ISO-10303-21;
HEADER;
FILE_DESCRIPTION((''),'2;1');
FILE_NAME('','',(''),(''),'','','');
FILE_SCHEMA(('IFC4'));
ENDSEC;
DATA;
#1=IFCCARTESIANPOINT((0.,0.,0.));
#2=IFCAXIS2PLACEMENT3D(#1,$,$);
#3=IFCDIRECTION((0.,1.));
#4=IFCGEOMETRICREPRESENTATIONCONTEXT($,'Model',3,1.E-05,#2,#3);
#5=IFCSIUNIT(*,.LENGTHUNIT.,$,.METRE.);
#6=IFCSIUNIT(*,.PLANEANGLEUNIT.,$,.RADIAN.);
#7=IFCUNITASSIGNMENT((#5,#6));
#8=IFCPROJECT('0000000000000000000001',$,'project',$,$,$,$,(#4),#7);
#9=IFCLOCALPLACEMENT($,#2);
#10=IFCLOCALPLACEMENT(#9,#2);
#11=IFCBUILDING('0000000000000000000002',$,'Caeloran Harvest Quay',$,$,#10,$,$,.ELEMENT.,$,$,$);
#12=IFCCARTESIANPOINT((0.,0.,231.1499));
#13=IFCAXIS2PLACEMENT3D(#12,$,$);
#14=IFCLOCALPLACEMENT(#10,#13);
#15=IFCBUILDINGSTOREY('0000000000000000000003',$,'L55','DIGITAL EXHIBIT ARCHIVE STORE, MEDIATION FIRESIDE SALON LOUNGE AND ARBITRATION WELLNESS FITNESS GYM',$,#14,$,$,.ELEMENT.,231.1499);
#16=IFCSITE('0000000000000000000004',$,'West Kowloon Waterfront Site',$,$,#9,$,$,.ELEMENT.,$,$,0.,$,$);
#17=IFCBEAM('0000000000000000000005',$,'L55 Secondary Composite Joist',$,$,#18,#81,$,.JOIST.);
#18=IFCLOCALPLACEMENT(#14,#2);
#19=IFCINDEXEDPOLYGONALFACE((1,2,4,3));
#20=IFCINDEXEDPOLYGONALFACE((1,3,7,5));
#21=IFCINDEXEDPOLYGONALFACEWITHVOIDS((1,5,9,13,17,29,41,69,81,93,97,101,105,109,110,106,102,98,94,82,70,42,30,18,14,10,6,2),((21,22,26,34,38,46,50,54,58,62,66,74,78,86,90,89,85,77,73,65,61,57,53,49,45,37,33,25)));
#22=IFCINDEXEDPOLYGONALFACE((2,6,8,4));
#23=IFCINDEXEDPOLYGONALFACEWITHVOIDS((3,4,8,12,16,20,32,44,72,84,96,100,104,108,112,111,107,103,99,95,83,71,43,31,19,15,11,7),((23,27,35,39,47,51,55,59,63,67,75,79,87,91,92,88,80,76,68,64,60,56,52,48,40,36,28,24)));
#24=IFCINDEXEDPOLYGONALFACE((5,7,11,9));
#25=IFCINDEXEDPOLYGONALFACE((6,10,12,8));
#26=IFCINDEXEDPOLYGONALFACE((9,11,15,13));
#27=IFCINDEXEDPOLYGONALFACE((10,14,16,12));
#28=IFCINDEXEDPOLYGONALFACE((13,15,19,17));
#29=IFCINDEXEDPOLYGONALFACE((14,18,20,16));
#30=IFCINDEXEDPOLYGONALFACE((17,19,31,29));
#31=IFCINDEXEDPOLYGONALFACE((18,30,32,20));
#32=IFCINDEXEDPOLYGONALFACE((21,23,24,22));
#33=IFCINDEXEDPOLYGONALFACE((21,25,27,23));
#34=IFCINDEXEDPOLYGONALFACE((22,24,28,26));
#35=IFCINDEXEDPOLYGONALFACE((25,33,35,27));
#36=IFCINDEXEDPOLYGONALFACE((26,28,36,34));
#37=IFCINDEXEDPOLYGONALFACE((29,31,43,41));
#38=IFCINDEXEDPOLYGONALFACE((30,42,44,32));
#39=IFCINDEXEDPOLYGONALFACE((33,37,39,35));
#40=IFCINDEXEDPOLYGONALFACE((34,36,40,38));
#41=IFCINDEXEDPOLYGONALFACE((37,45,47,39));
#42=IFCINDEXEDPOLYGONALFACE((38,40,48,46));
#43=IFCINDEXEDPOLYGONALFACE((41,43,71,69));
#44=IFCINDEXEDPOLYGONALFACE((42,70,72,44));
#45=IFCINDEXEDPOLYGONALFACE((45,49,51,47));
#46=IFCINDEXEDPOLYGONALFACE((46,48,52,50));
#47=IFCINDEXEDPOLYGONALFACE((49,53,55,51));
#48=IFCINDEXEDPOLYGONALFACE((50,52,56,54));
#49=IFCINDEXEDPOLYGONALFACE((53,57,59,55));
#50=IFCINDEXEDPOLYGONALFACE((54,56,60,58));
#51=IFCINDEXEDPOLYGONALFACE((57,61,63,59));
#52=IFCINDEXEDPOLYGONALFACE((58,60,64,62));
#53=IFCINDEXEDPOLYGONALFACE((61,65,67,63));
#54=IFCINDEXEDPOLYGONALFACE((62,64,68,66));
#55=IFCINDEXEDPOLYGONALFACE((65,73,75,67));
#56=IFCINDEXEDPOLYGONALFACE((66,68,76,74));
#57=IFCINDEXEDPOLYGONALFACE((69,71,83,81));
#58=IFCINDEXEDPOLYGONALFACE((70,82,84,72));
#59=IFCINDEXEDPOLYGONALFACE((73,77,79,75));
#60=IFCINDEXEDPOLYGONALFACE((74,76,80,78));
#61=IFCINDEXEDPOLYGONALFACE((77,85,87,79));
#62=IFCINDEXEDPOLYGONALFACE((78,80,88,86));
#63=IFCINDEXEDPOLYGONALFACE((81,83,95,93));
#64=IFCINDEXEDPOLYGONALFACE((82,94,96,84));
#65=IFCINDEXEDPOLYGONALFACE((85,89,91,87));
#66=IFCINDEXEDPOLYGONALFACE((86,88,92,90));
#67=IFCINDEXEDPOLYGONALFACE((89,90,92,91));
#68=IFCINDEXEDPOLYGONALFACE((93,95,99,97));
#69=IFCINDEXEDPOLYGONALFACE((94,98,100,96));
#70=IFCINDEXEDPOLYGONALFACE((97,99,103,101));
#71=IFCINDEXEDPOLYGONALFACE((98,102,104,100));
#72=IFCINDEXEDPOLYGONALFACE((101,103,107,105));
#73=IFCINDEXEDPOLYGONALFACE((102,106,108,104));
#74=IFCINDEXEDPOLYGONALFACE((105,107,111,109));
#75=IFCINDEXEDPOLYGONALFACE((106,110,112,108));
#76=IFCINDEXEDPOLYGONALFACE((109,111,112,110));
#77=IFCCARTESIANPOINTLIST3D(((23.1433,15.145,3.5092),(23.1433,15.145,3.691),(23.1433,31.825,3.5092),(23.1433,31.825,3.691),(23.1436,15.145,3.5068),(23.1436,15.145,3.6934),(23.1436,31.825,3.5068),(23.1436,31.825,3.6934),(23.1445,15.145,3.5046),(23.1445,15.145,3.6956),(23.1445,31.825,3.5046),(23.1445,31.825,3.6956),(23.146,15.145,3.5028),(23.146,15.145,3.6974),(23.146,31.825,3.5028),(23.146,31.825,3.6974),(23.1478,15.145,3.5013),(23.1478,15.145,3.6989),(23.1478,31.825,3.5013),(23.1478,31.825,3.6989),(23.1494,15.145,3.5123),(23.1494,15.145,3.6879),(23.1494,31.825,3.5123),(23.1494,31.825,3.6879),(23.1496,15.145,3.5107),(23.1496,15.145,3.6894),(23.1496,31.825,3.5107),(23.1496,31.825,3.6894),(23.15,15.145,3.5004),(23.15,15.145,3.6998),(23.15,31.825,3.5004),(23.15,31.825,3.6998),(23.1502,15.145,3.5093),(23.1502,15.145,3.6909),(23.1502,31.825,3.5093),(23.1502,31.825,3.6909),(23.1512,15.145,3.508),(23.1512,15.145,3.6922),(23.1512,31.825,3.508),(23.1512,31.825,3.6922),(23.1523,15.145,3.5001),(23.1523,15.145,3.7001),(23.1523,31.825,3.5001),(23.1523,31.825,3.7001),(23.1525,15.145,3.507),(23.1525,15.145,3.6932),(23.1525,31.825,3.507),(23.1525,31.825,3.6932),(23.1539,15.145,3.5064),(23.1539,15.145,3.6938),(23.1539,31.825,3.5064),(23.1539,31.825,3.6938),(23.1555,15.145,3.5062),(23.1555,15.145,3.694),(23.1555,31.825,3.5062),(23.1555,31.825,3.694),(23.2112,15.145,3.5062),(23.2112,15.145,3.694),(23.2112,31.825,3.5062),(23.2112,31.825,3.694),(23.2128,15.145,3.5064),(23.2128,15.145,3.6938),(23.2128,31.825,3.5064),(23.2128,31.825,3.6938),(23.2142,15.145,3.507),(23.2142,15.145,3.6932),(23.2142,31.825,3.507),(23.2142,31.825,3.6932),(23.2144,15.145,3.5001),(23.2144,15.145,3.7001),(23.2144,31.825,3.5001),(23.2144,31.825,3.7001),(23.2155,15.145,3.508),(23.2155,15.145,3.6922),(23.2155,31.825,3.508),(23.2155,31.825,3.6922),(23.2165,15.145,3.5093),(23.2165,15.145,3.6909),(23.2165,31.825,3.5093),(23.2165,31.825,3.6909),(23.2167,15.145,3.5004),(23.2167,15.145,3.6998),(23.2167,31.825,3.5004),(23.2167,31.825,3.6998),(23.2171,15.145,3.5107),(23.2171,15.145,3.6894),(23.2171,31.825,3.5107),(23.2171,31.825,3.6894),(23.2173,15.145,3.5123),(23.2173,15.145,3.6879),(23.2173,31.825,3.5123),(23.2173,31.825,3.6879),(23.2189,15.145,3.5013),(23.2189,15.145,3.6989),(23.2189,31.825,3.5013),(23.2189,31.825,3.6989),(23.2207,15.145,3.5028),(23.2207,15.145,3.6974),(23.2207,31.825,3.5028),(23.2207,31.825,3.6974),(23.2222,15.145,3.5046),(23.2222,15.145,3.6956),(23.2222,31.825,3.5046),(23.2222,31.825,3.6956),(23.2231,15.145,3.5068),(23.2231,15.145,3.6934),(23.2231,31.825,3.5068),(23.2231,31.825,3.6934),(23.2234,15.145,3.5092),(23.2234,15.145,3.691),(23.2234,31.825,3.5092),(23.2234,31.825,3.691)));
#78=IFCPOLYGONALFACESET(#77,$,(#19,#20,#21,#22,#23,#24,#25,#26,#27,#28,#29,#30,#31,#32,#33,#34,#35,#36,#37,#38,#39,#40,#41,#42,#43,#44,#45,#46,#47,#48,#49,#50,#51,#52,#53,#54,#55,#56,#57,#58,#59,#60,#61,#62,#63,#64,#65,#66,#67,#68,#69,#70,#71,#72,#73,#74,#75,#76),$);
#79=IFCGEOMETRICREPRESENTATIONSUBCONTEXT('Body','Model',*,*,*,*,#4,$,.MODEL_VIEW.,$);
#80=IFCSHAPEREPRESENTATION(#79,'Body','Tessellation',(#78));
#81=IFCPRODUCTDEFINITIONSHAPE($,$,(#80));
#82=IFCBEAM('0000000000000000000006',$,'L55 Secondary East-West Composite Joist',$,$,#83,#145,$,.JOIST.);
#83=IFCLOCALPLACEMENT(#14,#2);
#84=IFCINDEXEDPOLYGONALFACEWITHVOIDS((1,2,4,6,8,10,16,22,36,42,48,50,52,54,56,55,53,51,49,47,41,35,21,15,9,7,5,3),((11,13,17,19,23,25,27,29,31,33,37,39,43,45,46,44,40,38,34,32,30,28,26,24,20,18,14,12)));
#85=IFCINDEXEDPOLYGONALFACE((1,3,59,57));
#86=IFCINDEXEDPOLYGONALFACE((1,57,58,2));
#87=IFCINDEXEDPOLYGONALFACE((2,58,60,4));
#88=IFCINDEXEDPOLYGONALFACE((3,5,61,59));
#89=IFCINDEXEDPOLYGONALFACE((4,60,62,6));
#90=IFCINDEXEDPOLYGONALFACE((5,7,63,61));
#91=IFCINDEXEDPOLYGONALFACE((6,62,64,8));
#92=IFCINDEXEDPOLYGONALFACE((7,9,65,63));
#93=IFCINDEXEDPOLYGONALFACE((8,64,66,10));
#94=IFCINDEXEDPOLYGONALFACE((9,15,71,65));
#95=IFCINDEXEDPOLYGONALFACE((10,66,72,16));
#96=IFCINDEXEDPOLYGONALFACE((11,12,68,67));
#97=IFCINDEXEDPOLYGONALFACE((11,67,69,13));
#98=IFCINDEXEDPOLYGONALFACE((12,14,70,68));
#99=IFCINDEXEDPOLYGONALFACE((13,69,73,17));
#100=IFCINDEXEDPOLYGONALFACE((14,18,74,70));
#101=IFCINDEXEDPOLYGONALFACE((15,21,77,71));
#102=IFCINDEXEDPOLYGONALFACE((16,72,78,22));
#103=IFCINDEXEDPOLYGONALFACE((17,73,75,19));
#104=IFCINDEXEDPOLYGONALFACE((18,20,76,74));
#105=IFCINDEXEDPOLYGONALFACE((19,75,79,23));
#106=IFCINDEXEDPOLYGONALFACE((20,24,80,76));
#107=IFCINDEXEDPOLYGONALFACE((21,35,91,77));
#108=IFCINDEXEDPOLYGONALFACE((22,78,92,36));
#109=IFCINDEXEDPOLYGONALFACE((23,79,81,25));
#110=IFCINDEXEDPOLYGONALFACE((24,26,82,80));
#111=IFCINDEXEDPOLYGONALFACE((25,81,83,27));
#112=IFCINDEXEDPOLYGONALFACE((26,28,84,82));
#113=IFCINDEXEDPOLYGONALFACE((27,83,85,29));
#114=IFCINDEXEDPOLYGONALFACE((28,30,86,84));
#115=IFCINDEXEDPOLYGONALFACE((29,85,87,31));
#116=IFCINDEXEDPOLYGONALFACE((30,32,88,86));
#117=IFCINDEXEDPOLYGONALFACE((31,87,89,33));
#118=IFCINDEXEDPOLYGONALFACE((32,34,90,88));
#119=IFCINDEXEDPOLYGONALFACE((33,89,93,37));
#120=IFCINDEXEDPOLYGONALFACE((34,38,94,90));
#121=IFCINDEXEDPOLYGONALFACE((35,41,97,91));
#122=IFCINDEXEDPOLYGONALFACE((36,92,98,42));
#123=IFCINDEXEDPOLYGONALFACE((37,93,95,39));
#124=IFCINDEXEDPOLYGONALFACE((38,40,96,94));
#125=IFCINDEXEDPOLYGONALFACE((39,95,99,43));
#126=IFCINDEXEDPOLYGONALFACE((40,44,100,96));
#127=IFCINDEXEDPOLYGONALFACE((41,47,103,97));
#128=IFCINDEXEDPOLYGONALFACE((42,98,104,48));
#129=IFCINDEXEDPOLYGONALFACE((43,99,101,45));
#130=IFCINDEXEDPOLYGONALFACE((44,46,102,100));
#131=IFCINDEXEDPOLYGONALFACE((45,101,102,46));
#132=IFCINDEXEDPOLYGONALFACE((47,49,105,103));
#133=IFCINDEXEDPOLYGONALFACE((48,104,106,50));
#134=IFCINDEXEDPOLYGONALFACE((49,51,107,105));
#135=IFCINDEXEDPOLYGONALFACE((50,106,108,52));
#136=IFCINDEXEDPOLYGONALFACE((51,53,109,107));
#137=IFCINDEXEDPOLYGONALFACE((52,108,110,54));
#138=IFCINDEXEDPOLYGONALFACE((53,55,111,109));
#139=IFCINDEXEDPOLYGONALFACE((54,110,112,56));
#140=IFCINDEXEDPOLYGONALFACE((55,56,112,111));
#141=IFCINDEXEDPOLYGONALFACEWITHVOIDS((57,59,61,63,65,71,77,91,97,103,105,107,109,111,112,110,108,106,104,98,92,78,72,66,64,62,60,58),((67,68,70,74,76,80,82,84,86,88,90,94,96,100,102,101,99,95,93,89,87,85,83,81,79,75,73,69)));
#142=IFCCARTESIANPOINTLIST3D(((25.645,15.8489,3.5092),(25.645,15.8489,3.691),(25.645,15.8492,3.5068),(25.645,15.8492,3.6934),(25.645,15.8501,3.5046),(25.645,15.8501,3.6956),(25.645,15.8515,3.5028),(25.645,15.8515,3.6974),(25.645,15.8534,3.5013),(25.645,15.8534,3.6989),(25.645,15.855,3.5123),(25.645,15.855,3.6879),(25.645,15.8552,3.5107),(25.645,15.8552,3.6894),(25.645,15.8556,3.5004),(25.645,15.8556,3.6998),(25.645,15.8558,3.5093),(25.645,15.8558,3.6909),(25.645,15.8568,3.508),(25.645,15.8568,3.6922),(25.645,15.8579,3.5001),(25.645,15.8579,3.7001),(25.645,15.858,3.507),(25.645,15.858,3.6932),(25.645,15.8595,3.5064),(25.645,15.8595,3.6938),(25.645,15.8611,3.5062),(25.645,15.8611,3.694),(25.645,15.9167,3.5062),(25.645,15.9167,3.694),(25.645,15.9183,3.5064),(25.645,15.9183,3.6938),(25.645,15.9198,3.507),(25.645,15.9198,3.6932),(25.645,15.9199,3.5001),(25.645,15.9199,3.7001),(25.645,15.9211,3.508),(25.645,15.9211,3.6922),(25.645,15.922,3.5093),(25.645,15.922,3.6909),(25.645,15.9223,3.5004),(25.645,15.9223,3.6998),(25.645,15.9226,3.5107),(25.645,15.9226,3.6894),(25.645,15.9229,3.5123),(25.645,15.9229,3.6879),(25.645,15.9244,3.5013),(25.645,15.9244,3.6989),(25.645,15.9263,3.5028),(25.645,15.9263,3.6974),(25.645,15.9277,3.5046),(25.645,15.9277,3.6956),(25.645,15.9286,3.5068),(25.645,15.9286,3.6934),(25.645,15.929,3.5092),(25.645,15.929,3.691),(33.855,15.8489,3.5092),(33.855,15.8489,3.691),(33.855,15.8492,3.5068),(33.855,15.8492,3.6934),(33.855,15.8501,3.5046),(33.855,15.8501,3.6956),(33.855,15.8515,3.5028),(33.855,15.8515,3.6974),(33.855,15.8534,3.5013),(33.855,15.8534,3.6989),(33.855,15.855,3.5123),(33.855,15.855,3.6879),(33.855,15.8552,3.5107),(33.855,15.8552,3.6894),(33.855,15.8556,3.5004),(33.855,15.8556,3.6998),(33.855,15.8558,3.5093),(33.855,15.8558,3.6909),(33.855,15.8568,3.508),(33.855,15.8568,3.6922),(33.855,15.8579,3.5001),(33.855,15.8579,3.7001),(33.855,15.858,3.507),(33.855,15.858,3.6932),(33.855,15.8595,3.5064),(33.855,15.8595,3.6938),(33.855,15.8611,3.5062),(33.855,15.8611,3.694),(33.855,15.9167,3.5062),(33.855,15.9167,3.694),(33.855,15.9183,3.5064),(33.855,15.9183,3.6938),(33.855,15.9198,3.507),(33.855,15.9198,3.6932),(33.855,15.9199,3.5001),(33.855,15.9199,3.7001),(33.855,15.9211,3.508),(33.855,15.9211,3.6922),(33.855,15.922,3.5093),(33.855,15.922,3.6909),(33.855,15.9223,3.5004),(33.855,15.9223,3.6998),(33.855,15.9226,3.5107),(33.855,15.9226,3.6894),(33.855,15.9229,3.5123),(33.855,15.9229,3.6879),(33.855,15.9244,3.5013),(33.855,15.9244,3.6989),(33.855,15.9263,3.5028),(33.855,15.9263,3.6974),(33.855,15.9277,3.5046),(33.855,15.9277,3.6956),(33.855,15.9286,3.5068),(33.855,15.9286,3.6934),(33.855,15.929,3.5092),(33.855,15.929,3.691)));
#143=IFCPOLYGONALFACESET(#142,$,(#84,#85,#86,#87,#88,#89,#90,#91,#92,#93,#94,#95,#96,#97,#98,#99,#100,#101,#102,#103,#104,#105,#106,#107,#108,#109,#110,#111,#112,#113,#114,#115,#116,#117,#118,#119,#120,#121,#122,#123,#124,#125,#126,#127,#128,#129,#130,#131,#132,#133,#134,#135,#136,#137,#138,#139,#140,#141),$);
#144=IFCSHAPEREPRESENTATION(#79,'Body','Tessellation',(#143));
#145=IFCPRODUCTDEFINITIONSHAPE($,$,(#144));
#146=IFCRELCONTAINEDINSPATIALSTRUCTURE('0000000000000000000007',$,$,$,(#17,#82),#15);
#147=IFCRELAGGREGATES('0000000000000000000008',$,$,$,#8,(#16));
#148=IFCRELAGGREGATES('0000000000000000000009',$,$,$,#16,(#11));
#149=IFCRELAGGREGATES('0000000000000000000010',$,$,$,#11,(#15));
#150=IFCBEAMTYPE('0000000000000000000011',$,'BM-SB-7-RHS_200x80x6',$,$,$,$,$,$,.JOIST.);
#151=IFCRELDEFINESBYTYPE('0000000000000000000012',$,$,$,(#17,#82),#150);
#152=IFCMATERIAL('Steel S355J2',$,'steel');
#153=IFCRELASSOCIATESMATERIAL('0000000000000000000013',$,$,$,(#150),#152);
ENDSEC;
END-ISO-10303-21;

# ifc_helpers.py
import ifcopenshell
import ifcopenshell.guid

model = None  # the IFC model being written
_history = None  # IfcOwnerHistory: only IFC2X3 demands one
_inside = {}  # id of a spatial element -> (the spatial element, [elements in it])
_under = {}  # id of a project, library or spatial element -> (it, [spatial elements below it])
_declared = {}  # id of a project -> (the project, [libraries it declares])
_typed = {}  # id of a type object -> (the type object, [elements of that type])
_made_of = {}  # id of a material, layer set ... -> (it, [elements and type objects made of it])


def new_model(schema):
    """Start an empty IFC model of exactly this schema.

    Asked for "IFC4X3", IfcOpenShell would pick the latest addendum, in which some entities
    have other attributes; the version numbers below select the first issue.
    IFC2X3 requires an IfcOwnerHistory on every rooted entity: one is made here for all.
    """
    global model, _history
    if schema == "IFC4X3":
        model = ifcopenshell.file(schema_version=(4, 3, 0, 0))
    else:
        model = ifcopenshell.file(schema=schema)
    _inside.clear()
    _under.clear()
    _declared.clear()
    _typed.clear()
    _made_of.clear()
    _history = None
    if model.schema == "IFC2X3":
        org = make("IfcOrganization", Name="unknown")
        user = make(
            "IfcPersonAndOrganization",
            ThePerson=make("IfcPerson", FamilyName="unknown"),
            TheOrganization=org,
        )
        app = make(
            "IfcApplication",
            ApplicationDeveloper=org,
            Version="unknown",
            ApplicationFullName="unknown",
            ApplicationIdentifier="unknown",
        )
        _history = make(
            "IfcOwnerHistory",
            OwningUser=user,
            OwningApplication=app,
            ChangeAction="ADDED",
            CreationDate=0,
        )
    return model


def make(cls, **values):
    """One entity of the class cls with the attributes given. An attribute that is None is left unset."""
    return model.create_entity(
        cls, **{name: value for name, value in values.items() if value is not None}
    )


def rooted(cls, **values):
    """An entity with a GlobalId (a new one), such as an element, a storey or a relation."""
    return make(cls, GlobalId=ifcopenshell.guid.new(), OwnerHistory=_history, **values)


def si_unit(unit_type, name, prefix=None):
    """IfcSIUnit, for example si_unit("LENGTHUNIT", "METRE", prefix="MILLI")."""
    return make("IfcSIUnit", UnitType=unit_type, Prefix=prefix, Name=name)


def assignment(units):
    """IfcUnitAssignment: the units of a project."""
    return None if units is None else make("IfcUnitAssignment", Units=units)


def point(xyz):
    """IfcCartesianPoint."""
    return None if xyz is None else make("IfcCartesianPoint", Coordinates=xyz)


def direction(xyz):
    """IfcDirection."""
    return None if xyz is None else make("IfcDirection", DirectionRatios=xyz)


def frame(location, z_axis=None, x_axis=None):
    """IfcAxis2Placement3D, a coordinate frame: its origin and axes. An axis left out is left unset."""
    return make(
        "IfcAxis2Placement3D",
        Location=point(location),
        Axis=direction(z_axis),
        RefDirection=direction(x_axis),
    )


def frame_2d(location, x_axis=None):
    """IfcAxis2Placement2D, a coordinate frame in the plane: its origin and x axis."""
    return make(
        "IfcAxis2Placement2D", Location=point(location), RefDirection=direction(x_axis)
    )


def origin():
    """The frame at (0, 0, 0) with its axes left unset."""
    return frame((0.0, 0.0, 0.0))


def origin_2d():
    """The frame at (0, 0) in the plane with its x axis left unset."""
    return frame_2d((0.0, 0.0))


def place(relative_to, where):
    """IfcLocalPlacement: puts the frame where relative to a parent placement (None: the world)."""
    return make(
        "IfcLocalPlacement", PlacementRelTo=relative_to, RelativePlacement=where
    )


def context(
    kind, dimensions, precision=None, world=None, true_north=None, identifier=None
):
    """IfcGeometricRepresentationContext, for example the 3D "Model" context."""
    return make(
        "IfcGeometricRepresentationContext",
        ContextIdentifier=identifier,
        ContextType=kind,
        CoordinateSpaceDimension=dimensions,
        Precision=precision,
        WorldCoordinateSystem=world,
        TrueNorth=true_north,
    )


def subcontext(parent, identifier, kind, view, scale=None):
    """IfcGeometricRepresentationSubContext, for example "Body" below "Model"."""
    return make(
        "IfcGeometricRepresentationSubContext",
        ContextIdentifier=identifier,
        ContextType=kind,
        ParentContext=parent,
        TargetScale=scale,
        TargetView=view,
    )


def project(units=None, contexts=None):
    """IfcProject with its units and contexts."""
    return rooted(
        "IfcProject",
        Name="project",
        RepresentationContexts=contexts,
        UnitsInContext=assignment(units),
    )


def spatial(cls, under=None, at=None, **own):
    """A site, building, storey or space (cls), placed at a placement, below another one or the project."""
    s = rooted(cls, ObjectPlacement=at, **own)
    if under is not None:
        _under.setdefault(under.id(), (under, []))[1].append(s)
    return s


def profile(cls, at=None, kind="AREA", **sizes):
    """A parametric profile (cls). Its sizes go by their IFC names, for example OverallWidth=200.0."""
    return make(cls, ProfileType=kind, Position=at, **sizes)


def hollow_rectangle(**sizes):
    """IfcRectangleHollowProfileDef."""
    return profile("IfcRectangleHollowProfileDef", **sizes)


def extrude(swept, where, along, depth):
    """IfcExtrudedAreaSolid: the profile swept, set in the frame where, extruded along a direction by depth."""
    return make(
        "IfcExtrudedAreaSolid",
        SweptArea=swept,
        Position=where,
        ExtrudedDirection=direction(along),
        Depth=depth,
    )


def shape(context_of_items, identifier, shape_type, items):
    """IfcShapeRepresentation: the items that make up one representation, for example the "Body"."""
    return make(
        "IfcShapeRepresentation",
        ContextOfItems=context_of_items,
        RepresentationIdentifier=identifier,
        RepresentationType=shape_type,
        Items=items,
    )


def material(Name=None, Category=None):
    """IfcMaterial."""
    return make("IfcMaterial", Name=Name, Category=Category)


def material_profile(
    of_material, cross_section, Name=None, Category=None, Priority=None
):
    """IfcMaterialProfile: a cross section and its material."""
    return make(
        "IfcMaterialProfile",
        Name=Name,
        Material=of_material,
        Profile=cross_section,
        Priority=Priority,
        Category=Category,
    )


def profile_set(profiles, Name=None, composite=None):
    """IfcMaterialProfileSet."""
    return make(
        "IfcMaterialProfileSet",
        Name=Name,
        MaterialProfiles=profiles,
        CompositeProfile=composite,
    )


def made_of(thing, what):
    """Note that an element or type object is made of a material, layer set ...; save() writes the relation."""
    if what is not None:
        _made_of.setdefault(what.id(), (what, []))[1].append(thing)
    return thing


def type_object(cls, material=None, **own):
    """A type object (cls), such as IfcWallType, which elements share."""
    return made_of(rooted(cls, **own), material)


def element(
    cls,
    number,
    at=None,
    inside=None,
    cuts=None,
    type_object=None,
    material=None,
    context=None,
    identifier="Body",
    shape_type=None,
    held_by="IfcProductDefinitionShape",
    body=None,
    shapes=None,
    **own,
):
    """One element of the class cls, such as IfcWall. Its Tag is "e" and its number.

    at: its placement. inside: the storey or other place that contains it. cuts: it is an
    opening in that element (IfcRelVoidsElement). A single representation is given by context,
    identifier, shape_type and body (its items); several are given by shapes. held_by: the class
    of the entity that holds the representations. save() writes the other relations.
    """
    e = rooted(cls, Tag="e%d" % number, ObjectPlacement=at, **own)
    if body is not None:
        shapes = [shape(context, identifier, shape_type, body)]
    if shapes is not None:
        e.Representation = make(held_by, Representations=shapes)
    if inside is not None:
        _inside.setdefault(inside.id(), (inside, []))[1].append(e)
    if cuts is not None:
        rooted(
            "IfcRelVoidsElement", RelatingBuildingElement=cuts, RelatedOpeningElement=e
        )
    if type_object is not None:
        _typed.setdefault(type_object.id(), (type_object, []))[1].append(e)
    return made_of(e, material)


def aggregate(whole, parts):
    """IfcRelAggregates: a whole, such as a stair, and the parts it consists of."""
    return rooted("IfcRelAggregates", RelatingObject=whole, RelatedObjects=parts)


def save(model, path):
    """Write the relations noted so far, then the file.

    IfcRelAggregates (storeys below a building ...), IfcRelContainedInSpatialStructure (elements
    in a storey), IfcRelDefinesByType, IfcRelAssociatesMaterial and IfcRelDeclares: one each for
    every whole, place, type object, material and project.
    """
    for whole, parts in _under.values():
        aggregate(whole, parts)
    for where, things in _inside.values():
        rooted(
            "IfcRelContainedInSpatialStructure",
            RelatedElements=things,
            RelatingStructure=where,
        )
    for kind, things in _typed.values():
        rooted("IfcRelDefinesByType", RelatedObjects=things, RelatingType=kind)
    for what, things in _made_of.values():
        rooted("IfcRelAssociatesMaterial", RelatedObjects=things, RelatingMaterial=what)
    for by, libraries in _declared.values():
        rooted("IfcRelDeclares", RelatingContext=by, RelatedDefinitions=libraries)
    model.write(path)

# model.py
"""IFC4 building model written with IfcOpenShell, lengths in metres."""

from ifc_helpers import new_model, si_unit, direction, frame, origin, origin_2d, place, context, subcontext, project, spatial, hollow_rectangle, extrude, material, material_profile, profile_set, type_object, element, save


model = new_model("IFC4")

# Units and contexts
model_context = context("Model", 3, precision=1e-05, world=origin(), true_north=direction((0.0, 1.0)))
body_context = subcontext(model_context, "Body", "Model", "MODEL_VIEW")
ifc_project = project(units=[si_unit("LENGTHUNIT", "METRE"), si_unit("PLANEANGLEUNIT", "RADIAN")], contexts=[model_context])

# Site, building, storey
site_placement = place(None, origin())
site = spatial("IfcSite", under=ifc_project, at=site_placement, Name="West Kowloon Waterfront Site", CompositionType="ELEMENT", RefElevation=0.0)
building_placement = place(site_placement, origin())
building = spatial("IfcBuilding", under=site, at=building_placement, Name="Caeloran Harvest Quay", CompositionType="ELEMENT")
storey_placement = place(building_placement, frame((0.0, 0.0, 231.1499)))
storey = spatial("IfcBuildingStorey", under=building, at=storey_placement, Name="L55", Description="DIGITAL EXHIBIT ARCHIVE STORE, MEDIATION FIRESIDE SALON LOUNGE AND ARBITRATION WELLNESS FITNESS GYM", CompositionType="ELEMENT", Elevation=231.1499)

# Beams
ifc_material_1 = material(Name="Steel S355J2", Category="steel")
ifc_material_profile_1 = material_profile(ifc_material_1, hollow_rectangle(XDim=0.0801, YDim=0.2, WallThickness=0.0061, InnerFilletRadius=0.0061, OuterFilletRadius=0.009, at=origin_2d()), Name="RHS 200x80x6")
ifc_profile_set_1 = profile_set([ifc_material_profile_1], Name="Steel S355J2")
beam_type_1 = type_object("IfcBeamType", Name="BM-SB-7-RHS_200x80x6", PredefinedType="JOIST", material=ifc_profile_set_1)
for number, where, z_axis, x_axis, name in (
    (1, (23.1833, 15.145, 3.6001), (0.0, 1.0, 0.0), (-1.0, 0.0, 0.0), "L55 Secondary Composite Joist"),
):
    element("IfcBeam", number, at=place(storey_placement, frame(where, z_axis=z_axis, x_axis=x_axis)), inside=storey, type_object=beam_type_1, Name=name, PredefinedType="JOIST", context=body_context, shape_type="SweptSolid", body=[
        extrude(hollow_rectangle(XDim=0.0801, YDim=0.2, WallThickness=0.0061, InnerFilletRadius=0.0061, OuterFilletRadius=0.009, at=origin_2d()), origin(), (0.0, 0.0, 1.0), 16.6799),
    ])
for number, where, z_axis, x_axis, name in (
    (2, (25.645, 15.8889, 3.6001), (1.0, 0.0, 0.0), (0.0, 1.0, 0.0), "L55 Secondary East-West Composite Joist"),
):
    element("IfcBeam", number, at=place(storey_placement, frame(where, z_axis=z_axis, x_axis=x_axis)), inside=storey, type_object=beam_type_1, Name=name, PredefinedType="JOIST", context=body_context, shape_type="SweptSolid", body=[
        extrude(hollow_rectangle(XDim=0.0801, YDim=0.2, WallThickness=0.0061, InnerFilletRadius=0.0061, OuterFilletRadius=0.009, at=origin_2d()), origin(), (0.0, 0.0, 1.0), 8.21),
    ])

save(model, "model.ifc")
